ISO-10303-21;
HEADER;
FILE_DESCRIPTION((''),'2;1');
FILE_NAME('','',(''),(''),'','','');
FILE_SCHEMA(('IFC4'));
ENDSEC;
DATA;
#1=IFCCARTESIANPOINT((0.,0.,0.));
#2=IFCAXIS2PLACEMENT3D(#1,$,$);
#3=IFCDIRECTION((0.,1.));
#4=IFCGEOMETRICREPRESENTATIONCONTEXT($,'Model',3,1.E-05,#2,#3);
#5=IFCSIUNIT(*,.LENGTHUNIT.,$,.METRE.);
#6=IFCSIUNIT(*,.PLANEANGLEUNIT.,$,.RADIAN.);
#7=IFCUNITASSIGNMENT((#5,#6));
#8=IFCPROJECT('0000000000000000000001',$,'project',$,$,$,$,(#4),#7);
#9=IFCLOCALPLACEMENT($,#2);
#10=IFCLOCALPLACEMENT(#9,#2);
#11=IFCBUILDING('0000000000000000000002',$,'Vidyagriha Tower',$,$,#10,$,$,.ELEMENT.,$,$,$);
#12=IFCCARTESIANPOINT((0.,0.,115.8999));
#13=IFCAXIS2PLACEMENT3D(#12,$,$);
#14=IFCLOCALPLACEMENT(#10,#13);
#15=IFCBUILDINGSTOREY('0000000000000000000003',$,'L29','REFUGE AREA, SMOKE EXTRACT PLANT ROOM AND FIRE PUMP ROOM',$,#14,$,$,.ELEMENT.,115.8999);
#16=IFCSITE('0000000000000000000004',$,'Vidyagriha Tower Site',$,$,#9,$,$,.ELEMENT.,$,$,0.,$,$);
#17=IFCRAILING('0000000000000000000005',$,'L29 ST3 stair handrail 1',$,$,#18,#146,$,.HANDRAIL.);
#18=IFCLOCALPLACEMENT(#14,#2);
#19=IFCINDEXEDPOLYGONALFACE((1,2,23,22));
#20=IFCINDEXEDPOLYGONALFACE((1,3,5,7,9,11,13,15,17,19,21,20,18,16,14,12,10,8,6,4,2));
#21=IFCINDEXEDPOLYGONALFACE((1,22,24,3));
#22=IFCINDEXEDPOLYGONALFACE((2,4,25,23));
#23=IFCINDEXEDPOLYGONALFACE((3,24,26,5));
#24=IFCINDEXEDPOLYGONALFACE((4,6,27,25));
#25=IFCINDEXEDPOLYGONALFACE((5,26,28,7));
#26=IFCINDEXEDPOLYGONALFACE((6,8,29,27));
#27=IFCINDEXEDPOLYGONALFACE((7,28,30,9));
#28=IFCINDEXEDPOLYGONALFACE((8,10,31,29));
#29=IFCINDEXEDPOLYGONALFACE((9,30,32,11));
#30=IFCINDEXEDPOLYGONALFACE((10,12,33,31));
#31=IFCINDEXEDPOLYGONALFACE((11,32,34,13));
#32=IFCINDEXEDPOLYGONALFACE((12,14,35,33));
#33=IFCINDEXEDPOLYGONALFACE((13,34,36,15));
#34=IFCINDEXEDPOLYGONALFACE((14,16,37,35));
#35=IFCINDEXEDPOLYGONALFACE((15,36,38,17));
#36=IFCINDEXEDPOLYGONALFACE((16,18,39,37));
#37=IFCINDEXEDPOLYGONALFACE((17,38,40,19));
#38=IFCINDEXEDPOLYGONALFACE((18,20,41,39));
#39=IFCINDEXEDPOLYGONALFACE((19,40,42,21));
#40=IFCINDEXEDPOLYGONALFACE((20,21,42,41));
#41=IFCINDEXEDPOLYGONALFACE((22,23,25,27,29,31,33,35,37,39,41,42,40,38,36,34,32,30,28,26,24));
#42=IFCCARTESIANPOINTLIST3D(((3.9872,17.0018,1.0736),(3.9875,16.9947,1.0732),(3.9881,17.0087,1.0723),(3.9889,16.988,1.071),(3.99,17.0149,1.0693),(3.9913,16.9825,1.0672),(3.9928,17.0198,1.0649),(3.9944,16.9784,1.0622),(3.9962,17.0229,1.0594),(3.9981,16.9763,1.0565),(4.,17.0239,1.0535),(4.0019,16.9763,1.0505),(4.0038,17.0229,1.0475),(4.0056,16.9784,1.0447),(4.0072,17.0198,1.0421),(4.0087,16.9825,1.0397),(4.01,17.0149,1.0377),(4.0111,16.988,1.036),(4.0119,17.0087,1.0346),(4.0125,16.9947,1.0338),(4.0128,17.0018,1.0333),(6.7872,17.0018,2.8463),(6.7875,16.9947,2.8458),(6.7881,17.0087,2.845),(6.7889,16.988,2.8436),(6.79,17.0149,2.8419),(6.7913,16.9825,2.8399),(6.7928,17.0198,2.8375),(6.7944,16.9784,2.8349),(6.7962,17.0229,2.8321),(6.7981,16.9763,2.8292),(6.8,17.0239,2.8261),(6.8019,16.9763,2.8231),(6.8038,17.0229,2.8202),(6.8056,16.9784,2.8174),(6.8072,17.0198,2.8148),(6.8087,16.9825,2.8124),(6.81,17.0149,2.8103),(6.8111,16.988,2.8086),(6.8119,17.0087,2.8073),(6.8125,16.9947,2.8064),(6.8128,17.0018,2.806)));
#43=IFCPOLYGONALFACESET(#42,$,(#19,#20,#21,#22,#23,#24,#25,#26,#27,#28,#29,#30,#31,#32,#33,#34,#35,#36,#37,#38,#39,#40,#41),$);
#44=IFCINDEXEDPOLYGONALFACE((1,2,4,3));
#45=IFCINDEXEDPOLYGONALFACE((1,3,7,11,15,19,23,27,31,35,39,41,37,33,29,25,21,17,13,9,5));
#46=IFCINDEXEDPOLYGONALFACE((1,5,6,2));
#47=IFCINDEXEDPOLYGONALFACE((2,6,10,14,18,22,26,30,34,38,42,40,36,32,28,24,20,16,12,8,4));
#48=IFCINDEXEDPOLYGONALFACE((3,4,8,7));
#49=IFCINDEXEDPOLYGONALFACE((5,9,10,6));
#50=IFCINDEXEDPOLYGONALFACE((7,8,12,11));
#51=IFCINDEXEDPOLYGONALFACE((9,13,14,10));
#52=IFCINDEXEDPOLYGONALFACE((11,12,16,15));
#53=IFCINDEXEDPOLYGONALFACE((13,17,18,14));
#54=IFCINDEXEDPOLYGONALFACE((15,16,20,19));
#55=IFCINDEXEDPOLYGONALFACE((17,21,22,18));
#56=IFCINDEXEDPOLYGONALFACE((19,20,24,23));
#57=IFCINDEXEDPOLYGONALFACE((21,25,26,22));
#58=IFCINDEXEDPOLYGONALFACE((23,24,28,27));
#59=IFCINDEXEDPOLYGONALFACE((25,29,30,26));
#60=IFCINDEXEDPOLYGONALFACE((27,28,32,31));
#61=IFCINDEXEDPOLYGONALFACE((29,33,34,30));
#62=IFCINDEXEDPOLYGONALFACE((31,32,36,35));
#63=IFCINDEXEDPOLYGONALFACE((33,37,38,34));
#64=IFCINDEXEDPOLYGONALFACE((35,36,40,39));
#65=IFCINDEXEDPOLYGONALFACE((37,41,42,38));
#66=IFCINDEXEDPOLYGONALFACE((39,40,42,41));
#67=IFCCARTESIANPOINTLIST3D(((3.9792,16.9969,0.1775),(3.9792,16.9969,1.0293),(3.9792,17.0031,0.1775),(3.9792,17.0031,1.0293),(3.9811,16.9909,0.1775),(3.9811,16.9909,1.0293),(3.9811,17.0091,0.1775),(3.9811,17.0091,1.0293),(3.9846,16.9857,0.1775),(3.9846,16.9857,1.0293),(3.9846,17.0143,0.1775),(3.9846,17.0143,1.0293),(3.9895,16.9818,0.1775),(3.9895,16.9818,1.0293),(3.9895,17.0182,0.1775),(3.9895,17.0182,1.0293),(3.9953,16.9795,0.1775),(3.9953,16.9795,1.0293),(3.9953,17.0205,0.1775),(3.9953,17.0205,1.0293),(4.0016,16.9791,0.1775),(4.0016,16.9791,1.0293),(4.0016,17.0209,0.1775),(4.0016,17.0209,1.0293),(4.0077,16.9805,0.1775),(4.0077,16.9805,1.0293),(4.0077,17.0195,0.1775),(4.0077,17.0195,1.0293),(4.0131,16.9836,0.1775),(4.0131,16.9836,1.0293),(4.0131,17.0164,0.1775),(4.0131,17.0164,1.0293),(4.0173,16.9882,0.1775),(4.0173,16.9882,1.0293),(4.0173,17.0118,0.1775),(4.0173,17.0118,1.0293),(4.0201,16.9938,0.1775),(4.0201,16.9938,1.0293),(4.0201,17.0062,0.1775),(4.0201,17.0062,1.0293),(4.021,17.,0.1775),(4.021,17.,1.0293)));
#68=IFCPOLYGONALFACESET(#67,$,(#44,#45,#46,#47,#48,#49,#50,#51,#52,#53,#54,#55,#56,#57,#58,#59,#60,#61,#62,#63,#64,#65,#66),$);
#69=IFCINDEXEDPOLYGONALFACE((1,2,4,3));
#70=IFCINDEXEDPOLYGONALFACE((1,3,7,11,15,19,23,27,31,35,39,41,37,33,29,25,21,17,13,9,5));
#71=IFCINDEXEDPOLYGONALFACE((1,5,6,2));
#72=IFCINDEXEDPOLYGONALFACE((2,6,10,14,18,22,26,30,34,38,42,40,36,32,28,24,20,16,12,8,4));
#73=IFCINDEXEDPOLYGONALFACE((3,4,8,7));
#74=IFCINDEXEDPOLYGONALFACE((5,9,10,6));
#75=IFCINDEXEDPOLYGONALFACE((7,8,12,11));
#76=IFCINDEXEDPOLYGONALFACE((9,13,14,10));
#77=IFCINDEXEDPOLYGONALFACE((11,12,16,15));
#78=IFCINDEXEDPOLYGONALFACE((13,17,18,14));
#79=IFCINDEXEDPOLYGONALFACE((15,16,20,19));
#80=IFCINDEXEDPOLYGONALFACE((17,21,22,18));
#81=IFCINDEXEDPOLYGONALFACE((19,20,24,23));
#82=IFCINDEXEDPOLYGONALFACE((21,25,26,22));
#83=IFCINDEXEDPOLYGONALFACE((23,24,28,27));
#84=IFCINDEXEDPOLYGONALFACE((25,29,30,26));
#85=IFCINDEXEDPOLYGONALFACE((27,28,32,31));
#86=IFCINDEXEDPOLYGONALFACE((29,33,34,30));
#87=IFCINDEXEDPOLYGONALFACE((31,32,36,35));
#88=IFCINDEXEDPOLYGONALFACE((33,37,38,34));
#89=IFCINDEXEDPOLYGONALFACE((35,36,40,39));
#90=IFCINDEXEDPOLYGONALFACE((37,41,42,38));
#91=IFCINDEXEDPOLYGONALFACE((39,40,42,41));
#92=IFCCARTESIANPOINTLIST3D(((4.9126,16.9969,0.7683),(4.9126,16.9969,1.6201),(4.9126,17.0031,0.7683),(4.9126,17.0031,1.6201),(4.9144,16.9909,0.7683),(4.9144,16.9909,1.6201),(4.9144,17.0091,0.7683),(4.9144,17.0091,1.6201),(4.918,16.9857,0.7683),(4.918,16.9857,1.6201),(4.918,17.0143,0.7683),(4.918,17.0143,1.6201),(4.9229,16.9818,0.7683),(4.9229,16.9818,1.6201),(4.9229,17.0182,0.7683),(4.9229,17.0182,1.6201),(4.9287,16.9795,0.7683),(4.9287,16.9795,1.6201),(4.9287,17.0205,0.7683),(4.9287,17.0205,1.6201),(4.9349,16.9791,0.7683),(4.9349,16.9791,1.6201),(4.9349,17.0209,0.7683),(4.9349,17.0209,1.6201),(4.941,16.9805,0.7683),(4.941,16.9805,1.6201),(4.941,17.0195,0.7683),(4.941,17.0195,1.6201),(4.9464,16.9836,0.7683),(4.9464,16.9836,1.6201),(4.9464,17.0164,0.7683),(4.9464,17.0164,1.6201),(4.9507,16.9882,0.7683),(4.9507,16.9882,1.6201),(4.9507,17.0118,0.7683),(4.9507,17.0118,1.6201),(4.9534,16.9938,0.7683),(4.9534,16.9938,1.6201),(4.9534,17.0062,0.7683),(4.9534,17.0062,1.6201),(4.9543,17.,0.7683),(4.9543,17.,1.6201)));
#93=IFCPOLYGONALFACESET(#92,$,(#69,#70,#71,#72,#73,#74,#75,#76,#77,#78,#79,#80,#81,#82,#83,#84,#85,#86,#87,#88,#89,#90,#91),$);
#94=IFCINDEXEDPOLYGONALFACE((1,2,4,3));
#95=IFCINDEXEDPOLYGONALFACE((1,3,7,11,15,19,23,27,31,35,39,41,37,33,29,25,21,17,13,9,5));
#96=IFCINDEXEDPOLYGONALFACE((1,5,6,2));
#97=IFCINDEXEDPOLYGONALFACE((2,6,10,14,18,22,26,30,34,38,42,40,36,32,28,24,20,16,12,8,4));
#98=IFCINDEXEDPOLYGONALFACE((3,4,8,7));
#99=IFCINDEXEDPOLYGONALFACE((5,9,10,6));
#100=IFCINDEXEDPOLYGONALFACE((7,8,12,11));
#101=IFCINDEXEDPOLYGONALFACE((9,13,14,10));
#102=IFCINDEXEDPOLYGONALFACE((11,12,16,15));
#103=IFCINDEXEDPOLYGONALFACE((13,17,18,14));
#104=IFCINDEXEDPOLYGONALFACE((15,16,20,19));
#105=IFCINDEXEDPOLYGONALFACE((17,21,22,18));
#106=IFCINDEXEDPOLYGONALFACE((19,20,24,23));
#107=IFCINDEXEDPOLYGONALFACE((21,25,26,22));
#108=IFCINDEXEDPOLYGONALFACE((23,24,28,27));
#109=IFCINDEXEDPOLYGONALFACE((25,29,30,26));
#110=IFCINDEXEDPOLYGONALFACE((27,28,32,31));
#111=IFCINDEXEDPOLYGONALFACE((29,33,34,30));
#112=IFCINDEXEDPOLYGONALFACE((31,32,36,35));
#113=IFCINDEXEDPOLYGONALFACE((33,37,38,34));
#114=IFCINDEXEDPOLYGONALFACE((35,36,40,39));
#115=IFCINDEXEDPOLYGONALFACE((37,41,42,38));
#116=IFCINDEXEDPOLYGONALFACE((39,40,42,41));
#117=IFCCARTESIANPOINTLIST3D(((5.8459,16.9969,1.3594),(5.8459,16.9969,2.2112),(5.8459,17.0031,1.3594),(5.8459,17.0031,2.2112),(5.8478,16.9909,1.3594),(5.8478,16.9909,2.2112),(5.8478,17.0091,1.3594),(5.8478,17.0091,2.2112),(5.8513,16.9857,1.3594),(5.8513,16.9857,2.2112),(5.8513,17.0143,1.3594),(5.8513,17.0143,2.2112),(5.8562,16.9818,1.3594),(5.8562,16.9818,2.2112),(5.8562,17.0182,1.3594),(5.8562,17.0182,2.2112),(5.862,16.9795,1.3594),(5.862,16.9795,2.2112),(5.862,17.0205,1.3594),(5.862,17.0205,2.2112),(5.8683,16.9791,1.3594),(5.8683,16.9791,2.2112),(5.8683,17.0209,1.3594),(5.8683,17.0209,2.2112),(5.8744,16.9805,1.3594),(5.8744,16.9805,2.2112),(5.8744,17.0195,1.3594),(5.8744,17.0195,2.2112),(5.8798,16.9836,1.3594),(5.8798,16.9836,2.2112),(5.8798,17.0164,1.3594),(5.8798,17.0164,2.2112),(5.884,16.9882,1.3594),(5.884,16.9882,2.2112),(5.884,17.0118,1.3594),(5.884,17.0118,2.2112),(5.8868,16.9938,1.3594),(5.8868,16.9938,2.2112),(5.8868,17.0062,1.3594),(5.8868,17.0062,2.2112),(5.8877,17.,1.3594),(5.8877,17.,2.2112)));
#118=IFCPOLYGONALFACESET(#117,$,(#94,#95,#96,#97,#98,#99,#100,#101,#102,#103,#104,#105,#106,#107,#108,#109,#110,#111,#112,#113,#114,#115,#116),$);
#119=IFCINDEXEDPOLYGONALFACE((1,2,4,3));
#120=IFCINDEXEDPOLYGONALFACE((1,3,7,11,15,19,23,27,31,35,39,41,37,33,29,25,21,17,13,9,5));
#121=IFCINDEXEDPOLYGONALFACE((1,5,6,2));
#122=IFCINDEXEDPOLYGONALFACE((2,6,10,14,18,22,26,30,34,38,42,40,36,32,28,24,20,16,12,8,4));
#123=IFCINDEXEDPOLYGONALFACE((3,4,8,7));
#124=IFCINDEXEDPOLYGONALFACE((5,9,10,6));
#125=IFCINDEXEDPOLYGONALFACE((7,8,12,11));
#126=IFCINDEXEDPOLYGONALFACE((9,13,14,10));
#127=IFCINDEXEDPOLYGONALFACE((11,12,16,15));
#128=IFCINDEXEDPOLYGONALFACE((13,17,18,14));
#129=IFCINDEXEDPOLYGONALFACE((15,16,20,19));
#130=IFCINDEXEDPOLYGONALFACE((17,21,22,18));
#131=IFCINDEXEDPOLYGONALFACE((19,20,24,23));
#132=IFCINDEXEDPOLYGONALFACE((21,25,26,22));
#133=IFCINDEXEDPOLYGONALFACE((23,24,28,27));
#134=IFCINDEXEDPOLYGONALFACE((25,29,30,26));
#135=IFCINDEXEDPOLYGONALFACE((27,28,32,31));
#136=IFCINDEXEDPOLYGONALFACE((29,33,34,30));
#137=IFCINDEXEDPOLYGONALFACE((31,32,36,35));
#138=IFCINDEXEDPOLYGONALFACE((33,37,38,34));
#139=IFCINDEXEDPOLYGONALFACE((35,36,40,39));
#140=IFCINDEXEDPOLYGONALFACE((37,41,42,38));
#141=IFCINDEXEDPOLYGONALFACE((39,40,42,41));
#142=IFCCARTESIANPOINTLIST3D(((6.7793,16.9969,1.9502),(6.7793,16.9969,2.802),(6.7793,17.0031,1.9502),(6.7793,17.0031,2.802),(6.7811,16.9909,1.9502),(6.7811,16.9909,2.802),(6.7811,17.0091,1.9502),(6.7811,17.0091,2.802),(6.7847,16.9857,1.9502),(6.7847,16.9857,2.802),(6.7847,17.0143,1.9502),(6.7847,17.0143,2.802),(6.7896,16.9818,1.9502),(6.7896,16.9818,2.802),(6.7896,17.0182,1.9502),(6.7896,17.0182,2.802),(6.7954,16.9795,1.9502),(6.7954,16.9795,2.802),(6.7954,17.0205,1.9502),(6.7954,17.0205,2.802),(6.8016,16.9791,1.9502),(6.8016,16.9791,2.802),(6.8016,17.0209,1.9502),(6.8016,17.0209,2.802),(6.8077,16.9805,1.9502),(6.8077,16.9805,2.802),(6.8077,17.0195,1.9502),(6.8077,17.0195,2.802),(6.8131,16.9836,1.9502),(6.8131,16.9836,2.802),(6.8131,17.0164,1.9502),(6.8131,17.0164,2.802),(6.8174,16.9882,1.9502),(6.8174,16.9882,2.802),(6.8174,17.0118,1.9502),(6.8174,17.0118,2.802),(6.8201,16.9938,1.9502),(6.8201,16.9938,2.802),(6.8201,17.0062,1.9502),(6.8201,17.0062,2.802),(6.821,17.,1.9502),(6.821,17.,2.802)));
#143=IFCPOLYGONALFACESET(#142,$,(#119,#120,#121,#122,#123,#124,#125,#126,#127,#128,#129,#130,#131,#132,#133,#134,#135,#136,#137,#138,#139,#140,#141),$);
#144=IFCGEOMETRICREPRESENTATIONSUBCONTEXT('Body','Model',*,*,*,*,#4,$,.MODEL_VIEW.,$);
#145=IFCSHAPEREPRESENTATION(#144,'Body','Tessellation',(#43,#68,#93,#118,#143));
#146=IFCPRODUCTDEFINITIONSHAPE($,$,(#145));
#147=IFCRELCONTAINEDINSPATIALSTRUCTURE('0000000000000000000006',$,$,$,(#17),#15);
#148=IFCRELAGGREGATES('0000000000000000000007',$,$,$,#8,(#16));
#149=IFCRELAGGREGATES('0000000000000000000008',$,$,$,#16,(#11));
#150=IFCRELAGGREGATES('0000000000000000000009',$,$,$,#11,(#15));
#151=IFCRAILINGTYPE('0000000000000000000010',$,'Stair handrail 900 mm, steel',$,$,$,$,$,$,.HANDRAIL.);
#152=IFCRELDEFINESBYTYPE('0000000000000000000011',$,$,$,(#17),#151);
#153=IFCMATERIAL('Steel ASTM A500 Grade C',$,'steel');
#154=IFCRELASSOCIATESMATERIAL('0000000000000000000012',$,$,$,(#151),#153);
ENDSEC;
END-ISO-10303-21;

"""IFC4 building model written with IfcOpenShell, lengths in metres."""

from ifc_helpers import new_model, si_unit, direction, frame, origin, origin_2d, place, context, subcontext, project, spatial, circle, extrude, material, type_object, element, save


model = new_model("IFC4")

# Units and contexts
model_context = context("Model", 3, precision=1e-05, world=origin(), true_north=direction((0.0, 1.0)))
body_context = subcontext(model_context, "Body", "Model", "MODEL_VIEW")
ifc_project = project(units=[si_unit("LENGTHUNIT", "METRE"), si_unit("PLANEANGLEUNIT", "RADIAN")], contexts=[model_context])

# Site, building, storey
site_placement = place(None, origin())
site = spatial("IfcSite", under=ifc_project, at=site_placement, Name="Vidyagriha Tower Site", CompositionType="ELEMENT", RefElevation=0.0)
building_placement = place(site_placement, origin())
building = spatial("IfcBuilding", under=site, at=building_placement, Name="Vidyagriha Tower", CompositionType="ELEMENT")
storey_placement = place(building_placement, frame((0.0, 0.0, 115.8999)))
storey = spatial("IfcBuildingStorey", under=building, at=storey_placement, Name="L29", Description="REFUGE AREA, SMOKE EXTRACT PLANT ROOM AND FIRE PUMP ROOM", CompositionType="ELEMENT", Elevation=115.8999)

# Railing
ifc_material_1 = material(Name="Steel ASTM A500 Grade C", Category="steel")
railing_type_1 = type_object("IfcRailingType", Name="Stair handrail 900 mm, steel", PredefinedType="HANDRAIL", material=ifc_material_1)
railing_1_placement = place(storey_placement, frame((4.0, 17.0, 0.1775)))
element("IfcRailing", 1, at=railing_1_placement, inside=storey, type_object=railing_type_1, Name="L29 ST3 stair handrail 1", PredefinedType="HANDRAIL", context=body_context, shape_type="SweptSolid", body=[
    extrude(circle(Radius=0.0239, at=origin_2d()), frame((0.0, 0.0, 0.876), z_axis=(0.844909, 0.0, 0.53491), x_axis=(0.0, 1.0, 0.0)), (0.0, 0.0, 1.0), 3.314),
    extrude(circle(Radius=0.021, at=origin_2d()), origin(), (0.0, 0.0, 1.0), 0.8518),
    extrude(circle(Radius=0.021, at=origin_2d()), frame((0.9333, 0.0, 0.5908)), (0.0, 0.0, 1.0), 0.8518),
    extrude(circle(Radius=0.021, at=origin_2d()), frame((1.8667, 0.0, 1.1819)), (0.0, 0.0, 1.0), 0.8518),
    extrude(circle(Radius=0.021, at=origin_2d()), frame((2.8, 0.0, 1.7727)), (0.0, 0.0, 1.0), 0.8518),
])

save(model, "model.ifc")
